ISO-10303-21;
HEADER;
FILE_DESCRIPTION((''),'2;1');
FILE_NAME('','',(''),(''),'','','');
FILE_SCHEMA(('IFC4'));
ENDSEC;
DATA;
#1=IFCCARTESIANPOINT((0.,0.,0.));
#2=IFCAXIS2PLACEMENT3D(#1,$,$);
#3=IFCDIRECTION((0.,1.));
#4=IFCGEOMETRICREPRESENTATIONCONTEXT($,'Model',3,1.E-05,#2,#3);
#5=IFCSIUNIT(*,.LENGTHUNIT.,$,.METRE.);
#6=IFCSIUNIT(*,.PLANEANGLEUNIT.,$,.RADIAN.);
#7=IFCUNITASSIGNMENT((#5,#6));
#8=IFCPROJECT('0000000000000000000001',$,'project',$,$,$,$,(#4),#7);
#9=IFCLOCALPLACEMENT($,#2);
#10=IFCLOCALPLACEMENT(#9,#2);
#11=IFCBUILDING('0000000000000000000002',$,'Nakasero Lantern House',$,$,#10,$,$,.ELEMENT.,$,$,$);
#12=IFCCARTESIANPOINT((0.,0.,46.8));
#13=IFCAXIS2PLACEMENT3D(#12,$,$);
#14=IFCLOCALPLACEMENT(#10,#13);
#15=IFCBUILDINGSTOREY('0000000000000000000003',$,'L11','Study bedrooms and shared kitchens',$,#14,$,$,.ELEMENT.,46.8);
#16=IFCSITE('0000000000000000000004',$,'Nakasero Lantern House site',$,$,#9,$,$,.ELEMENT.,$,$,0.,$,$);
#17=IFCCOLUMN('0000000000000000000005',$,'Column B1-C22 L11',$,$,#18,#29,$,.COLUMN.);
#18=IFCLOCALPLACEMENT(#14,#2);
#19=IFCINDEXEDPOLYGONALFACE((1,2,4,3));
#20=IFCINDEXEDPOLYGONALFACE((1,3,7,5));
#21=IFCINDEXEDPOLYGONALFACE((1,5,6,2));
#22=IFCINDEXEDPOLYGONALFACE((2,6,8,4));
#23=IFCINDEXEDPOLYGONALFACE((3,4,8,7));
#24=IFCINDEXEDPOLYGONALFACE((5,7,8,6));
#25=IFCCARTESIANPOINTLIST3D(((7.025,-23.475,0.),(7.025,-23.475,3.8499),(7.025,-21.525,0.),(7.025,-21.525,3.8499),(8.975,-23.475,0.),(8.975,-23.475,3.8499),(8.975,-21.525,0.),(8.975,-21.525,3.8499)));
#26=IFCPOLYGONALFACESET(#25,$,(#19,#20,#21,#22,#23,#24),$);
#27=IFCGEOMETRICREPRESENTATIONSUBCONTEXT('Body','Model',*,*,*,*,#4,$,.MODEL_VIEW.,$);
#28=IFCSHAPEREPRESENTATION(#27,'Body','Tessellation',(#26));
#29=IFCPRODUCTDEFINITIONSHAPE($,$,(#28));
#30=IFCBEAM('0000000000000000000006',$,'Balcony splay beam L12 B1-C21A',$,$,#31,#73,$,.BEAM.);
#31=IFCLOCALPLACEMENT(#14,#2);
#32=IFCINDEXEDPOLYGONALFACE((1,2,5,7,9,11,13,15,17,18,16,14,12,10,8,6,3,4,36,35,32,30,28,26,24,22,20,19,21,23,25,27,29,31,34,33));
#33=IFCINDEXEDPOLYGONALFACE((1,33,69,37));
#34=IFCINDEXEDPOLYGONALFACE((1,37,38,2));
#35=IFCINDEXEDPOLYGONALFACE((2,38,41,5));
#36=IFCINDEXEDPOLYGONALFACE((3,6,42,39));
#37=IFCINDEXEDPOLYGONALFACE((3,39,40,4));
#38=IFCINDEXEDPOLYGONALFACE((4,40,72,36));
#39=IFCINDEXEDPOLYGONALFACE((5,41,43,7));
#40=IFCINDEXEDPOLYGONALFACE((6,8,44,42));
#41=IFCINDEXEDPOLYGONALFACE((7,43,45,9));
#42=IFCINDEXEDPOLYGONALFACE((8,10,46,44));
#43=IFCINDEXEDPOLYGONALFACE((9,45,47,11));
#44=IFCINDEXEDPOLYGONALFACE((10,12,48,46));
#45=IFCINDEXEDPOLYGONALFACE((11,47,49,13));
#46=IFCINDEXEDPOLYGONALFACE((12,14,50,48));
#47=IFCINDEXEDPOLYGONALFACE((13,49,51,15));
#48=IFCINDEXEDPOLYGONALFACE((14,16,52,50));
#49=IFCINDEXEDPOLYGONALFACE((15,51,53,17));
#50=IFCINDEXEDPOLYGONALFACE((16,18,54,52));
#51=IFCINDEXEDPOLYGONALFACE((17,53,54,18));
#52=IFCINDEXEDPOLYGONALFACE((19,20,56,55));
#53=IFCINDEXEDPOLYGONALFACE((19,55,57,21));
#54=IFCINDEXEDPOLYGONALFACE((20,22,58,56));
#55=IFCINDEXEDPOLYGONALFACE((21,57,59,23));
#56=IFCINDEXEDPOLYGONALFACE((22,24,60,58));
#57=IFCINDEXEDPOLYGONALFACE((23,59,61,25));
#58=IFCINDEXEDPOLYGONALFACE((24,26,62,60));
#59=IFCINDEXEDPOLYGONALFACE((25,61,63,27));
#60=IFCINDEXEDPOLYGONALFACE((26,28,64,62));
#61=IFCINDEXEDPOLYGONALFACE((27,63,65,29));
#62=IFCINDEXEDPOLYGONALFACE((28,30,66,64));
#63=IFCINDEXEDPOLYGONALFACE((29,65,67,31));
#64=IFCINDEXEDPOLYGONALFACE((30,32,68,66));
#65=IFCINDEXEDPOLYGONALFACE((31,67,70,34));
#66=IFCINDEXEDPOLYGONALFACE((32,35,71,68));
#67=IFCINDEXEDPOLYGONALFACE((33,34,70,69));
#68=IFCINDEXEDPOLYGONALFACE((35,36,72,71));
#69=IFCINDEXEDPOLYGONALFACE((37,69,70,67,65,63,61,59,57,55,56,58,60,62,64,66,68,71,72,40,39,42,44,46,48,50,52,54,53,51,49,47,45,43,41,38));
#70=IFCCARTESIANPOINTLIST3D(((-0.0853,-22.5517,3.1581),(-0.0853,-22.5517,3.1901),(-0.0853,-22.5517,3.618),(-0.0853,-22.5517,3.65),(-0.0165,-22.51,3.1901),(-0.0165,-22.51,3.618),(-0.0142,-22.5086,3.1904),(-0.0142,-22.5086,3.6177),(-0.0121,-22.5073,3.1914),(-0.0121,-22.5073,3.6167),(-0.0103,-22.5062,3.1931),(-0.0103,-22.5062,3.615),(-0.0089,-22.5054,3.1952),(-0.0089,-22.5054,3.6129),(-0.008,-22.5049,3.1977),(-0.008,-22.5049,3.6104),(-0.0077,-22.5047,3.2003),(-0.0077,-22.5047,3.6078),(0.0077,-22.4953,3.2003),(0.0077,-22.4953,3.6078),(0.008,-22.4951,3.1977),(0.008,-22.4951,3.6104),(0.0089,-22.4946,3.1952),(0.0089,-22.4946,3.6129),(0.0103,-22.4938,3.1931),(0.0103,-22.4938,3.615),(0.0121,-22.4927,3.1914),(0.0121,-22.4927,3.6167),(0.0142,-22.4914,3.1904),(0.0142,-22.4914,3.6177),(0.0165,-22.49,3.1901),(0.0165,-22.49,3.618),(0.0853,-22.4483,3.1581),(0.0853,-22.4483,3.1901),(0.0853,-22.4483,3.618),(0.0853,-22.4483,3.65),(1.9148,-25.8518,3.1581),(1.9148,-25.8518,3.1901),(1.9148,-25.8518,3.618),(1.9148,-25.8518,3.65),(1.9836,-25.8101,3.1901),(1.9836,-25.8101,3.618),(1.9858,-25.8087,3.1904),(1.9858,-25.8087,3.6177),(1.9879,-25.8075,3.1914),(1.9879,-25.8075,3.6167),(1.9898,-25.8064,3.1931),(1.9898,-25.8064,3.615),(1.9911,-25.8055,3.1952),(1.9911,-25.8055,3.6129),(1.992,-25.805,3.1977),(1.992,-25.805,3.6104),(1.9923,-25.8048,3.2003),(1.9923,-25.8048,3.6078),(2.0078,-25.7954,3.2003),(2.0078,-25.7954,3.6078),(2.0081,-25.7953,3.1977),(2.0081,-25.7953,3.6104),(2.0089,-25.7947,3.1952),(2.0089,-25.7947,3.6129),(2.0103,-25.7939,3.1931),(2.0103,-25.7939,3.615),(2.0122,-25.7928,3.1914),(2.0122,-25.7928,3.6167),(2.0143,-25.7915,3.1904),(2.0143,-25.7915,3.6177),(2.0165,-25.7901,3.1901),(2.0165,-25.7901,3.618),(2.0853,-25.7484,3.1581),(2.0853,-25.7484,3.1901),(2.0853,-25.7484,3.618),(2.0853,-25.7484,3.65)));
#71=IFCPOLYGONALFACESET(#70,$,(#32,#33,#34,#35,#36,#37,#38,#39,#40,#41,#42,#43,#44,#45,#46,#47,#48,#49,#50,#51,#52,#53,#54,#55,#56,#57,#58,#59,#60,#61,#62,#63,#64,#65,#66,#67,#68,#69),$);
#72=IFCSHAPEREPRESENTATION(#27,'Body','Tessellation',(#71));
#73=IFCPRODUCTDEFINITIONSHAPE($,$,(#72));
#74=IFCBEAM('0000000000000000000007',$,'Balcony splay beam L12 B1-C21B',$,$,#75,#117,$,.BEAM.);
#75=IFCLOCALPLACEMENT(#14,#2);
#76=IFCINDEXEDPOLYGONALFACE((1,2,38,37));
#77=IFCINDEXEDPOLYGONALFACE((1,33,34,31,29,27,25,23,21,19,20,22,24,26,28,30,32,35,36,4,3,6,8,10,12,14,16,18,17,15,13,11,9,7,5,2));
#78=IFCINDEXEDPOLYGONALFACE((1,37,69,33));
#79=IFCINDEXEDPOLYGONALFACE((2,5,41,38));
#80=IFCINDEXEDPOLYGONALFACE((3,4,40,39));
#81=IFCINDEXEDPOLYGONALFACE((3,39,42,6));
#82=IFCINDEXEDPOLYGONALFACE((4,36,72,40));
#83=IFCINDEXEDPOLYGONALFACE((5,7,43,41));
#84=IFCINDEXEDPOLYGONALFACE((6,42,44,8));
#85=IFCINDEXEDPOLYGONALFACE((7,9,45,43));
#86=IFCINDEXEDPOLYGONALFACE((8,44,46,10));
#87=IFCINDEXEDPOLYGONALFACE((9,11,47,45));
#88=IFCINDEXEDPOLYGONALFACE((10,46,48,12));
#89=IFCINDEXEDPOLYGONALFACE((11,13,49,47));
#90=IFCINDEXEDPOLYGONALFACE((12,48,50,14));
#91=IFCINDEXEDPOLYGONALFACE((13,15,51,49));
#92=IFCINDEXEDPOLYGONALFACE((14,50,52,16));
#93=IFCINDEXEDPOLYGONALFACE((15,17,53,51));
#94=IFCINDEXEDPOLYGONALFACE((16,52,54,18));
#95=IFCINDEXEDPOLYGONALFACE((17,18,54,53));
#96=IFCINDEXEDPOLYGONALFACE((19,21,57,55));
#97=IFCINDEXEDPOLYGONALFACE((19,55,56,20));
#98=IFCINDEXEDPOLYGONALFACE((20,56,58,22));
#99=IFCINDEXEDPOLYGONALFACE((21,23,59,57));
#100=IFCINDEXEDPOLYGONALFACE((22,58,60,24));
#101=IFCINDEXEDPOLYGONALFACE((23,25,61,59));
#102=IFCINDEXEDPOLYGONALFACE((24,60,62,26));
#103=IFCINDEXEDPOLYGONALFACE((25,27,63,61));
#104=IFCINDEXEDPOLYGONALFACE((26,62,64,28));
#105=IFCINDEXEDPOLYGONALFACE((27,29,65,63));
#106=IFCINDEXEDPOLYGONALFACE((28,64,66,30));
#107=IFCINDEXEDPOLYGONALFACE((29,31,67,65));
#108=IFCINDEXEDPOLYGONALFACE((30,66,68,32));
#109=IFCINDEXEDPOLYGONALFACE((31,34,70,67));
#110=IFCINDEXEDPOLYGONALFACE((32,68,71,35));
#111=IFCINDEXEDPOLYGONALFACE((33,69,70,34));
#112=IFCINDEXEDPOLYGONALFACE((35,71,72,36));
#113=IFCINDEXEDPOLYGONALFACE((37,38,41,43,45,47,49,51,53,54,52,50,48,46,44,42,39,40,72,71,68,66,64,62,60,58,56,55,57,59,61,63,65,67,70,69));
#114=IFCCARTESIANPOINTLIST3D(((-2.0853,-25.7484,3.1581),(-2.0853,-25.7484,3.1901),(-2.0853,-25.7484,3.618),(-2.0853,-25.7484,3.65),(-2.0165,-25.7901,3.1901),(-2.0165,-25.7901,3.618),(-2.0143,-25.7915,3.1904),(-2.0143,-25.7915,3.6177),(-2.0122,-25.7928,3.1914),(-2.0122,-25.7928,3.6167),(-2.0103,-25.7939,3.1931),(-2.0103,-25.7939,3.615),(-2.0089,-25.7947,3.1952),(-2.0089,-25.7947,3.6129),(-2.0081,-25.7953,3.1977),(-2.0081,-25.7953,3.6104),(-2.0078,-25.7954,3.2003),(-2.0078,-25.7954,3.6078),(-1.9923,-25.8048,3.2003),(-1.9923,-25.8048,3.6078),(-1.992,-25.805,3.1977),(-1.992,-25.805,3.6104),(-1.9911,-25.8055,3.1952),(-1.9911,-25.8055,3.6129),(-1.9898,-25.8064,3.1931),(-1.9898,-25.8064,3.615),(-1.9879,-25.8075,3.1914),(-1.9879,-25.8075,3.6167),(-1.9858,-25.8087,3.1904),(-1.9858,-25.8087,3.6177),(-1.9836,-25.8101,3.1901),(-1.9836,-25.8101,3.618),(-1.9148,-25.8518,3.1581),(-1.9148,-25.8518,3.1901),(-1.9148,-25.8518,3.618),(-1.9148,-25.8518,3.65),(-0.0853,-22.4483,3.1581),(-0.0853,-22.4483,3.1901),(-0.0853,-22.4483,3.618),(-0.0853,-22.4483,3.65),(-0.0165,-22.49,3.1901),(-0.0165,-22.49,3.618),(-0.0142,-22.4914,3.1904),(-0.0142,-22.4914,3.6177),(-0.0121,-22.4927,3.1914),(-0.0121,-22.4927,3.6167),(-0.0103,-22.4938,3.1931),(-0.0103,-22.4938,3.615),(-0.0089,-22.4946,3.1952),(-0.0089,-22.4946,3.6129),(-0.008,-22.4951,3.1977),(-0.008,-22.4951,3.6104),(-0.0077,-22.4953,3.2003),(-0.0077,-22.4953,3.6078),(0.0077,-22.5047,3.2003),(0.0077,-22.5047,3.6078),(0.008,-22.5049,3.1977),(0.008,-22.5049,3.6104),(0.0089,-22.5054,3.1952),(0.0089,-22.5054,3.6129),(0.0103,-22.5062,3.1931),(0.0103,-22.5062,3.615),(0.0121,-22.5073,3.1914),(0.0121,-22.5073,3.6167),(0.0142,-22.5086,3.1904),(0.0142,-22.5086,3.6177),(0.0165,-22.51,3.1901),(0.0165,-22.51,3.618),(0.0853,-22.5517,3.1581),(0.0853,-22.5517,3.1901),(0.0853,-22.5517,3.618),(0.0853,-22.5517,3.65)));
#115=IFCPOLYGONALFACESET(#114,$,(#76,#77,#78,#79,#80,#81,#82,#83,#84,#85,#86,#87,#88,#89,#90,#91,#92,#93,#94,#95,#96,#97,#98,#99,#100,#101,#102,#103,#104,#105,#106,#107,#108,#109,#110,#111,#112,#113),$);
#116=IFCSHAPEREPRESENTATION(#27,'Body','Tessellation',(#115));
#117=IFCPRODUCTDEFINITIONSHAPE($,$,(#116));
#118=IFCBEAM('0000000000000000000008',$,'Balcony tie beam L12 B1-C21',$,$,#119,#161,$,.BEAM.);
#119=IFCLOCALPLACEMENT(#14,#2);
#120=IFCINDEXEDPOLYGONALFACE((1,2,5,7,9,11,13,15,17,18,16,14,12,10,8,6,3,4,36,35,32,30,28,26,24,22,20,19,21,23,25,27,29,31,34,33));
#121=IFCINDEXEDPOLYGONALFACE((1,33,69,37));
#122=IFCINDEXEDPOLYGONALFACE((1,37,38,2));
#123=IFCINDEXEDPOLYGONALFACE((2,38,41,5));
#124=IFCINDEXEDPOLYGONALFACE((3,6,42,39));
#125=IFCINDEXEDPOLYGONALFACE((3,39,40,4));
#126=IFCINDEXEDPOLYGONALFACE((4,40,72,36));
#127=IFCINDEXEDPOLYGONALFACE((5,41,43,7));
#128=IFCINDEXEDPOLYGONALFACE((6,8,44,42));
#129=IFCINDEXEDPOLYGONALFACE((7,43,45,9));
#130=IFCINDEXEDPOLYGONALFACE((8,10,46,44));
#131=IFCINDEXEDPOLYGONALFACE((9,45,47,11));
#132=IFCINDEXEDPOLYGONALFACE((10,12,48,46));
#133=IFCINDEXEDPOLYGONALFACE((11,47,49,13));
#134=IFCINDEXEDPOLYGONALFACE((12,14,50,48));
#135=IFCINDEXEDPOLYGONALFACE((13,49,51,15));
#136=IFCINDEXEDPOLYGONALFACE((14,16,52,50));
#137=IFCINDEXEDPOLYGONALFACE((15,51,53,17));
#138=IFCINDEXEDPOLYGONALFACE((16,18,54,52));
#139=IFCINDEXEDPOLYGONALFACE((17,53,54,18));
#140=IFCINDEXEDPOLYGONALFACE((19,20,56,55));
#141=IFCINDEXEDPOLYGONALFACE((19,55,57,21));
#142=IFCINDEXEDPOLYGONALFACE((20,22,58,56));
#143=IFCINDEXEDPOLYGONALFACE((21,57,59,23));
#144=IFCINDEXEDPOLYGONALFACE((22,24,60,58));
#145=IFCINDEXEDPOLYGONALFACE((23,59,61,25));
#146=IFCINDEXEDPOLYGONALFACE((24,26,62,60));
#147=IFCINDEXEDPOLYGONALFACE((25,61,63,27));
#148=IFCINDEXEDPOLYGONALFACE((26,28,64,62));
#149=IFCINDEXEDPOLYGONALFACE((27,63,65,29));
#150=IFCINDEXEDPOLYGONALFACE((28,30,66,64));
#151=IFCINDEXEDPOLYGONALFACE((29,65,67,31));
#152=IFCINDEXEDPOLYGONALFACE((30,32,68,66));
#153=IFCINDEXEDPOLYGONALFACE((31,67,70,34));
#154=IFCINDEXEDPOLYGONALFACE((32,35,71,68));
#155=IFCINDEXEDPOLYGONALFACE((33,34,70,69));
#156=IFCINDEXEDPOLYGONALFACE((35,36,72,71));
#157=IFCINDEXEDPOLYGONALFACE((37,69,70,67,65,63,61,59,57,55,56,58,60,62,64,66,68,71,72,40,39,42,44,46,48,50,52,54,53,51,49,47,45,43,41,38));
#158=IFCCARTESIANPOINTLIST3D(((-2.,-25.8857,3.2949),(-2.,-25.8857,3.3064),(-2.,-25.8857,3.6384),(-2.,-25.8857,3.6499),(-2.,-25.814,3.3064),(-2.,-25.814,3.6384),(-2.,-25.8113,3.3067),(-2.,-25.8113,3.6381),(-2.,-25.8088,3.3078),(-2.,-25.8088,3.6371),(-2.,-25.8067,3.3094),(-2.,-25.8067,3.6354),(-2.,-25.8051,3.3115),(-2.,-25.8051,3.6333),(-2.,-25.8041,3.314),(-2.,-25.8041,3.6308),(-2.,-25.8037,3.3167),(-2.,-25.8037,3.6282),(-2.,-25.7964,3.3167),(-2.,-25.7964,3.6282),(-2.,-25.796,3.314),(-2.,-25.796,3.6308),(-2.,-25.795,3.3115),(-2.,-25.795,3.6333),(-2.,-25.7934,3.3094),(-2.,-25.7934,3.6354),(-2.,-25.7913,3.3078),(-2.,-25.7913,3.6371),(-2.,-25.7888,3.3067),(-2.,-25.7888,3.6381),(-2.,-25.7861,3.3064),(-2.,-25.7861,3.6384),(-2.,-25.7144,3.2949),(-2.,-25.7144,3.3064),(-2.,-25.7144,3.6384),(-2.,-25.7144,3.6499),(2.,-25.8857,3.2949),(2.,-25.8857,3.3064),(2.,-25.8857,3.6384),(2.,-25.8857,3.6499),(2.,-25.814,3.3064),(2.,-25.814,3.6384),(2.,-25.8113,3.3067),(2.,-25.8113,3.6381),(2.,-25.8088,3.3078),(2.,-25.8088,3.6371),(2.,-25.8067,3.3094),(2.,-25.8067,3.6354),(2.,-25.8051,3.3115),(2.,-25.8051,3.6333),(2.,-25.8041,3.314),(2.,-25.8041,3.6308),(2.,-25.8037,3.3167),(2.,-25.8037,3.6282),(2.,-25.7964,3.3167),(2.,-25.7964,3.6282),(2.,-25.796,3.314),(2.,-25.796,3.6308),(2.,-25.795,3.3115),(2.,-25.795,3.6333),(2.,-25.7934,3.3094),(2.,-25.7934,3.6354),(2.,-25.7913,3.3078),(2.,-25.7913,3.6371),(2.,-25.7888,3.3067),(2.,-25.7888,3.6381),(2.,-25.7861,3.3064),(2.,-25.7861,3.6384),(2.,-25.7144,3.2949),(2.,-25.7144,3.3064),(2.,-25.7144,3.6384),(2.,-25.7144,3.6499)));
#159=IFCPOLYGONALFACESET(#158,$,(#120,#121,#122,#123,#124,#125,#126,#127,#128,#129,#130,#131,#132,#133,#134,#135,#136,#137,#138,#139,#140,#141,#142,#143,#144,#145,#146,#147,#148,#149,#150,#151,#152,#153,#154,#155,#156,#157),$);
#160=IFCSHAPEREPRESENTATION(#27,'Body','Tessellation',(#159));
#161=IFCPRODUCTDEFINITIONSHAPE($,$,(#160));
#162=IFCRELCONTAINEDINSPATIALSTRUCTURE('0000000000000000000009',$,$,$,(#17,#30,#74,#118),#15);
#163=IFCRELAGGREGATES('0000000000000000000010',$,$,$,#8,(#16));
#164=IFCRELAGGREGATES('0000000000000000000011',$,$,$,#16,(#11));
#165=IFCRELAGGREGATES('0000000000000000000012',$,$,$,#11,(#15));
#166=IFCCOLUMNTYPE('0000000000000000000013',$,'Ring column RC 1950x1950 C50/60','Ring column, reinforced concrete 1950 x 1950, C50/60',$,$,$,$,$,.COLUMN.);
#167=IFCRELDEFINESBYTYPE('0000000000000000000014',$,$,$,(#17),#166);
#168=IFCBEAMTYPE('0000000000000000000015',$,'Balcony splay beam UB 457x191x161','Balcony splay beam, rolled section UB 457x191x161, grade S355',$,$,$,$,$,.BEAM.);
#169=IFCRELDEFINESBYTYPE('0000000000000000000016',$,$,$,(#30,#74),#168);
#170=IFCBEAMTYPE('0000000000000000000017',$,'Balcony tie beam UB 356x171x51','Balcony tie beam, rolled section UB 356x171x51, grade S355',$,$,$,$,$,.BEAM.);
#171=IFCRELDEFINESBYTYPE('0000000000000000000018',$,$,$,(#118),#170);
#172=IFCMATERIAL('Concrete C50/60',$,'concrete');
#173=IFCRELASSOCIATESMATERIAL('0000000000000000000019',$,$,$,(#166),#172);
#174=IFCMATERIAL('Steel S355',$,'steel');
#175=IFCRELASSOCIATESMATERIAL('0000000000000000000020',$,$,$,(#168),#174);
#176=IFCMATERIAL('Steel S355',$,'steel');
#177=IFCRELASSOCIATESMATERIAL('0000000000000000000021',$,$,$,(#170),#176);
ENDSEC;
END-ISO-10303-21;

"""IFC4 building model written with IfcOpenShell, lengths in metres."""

from ifc_helpers import new_model, si_unit, direction, frame, origin, origin_2d, place, context, subcontext, project, spatial, rectangle, i_section, extrude, material, material_profile, profile_set, type_object, element, save


model = new_model("IFC4")

# Units and contexts
model_context = context("Model", 3, precision=1e-05, world=origin(), true_north=direction((0.0, 1.0)))
body_context = subcontext(model_context, "Body", "Model", "MODEL_VIEW")
ifc_project = project(units=[si_unit("LENGTHUNIT", "METRE"), si_unit("PLANEANGLEUNIT", "RADIAN")], contexts=[model_context])

# Site, building, storey
site_placement = place(None, origin())
site = spatial("IfcSite", under=ifc_project, at=site_placement, Name="Nakasero Lantern House site", CompositionType="ELEMENT", RefElevation=0.0)
building_placement = place(site_placement, origin())
building = spatial("IfcBuilding", under=site, at=building_placement, Name="Nakasero Lantern House", CompositionType="ELEMENT")
storey_placement = place(building_placement, frame((0.0, 0.0, 46.8)))
storey = spatial("IfcBuildingStorey", under=building, at=storey_placement, Name="L11", Description="Study bedrooms and shared kitchens", CompositionType="ELEMENT", Elevation=46.8)

# Column
ifc_material_1 = material(Name="Concrete C50/60", Category="concrete")
ifc_material_profile_1 = material_profile(ifc_material_1, rectangle(XDim=1.95, YDim=1.95, at=origin_2d()), Name="RC 1950x1950")
ifc_profile_set_1 = profile_set([ifc_material_profile_1], Name="Concrete C50/60")
column_type = type_object("IfcColumnType", Name="Ring column RC 1950x1950 C50/60", Description="Ring column, reinforced concrete 1950 x 1950, C50/60", PredefinedType="COLUMN", material=ifc_profile_set_1)
column_placement = place(storey_placement, frame((8.0, -22.5, 0.0), z_axis=(0.0, 0.0, 1.0), x_axis=(1.0, 0.0, 0.0)))
element("IfcColumn", 1, at=column_placement, inside=storey, type_object=column_type, Name="Column B1-C22 L11", PredefinedType="COLUMN", context=body_context, shape_type="SweptSolid", body=[
    extrude(rectangle(XDim=1.95, YDim=1.95, at=origin_2d()), origin(), (0.0, 0.0, 1.0), 3.8499),
])

# Beams
ifc_material_2 = material(Name="Steel S355", Category="steel")
ifc_material_profile_2 = material_profile(ifc_material_2, i_section(OverallWidth=0.1995, OverallDepth=0.4919, WebThickness=0.0181, FlangeThickness=0.032, FilletRadius=0.0103, at=origin_2d()), Name="UB 457x191x161")
ifc_profile_set_2 = profile_set([ifc_material_profile_2], Name="Steel S355")
beam_type_1 = type_object("IfcBeamType", Name="Balcony splay beam UB 457x191x161", Description="Balcony splay beam, rolled section UB 457x191x161, grade S355", PredefinedType="BEAM", material=ifc_profile_set_2)
for number, where, z_axis, x_axis, name in (
    (2, (0.0, -22.5, 3.4041), (0.518296, -0.855201, 0.0), (0.855201, 0.518296, 0.0), "Balcony splay beam L12 B1-C21A"),
    (3, (0.0, -22.5, 3.4041), (-0.518296, -0.855201, 0.0), (0.855201, -0.518296, 0.0), "Balcony splay beam L12 B1-C21B"),
):
    element("IfcBeam", number, at=place(storey_placement, frame(where, z_axis=z_axis, x_axis=x_axis)), inside=storey, type_object=beam_type_1, Name=name, PredefinedType="BEAM", context=body_context, shape_type="SweptSolid", body=[
        extrude(i_section(OverallWidth=0.1995, OverallDepth=0.4919, WebThickness=0.0181, FlangeThickness=0.032, FilletRadius=0.0103, at=origin_2d()), origin(), (0.0, 0.0, 1.0), 3.8589),
    ])
ifc_material_3 = material(Name="Steel S355", Category="steel")
ifc_material_profile_3 = material_profile(ifc_material_3, i_section(OverallWidth=0.1714, OverallDepth=0.355, WebThickness=0.0073, FlangeThickness=0.0115, FilletRadius=0.0103, at=origin_2d()), Name="UB 356x171x51")
ifc_profile_set_3 = profile_set([ifc_material_profile_3], Name="Steel S355")
beam_type_2 = type_object("IfcBeamType", Name="Balcony tie beam UB 356x171x51", Description="Balcony tie beam, rolled section UB 356x171x51, grade S355", PredefinedType="BEAM", material=ifc_profile_set_3)
beam_1_placement = place(storey_placement, frame((2.0, -25.8, 3.4724), z_axis=(-1.0, 0.0, 0.0), x_axis=(0.0, -1.0, 0.0)))
element("IfcBeam", 4, at=beam_1_placement, inside=storey, type_object=beam_type_2, Name="Balcony tie beam L12 B1-C21", PredefinedType="BEAM", context=body_context, shape_type="SweptSolid", body=[
    extrude(i_section(OverallWidth=0.1714, OverallDepth=0.355, WebThickness=0.0073, FlangeThickness=0.0115, FilletRadius=0.0103, at=origin_2d()), origin(), (0.0, 0.0, 1.0), 4.0),
])

save(model, "model.ifc")
